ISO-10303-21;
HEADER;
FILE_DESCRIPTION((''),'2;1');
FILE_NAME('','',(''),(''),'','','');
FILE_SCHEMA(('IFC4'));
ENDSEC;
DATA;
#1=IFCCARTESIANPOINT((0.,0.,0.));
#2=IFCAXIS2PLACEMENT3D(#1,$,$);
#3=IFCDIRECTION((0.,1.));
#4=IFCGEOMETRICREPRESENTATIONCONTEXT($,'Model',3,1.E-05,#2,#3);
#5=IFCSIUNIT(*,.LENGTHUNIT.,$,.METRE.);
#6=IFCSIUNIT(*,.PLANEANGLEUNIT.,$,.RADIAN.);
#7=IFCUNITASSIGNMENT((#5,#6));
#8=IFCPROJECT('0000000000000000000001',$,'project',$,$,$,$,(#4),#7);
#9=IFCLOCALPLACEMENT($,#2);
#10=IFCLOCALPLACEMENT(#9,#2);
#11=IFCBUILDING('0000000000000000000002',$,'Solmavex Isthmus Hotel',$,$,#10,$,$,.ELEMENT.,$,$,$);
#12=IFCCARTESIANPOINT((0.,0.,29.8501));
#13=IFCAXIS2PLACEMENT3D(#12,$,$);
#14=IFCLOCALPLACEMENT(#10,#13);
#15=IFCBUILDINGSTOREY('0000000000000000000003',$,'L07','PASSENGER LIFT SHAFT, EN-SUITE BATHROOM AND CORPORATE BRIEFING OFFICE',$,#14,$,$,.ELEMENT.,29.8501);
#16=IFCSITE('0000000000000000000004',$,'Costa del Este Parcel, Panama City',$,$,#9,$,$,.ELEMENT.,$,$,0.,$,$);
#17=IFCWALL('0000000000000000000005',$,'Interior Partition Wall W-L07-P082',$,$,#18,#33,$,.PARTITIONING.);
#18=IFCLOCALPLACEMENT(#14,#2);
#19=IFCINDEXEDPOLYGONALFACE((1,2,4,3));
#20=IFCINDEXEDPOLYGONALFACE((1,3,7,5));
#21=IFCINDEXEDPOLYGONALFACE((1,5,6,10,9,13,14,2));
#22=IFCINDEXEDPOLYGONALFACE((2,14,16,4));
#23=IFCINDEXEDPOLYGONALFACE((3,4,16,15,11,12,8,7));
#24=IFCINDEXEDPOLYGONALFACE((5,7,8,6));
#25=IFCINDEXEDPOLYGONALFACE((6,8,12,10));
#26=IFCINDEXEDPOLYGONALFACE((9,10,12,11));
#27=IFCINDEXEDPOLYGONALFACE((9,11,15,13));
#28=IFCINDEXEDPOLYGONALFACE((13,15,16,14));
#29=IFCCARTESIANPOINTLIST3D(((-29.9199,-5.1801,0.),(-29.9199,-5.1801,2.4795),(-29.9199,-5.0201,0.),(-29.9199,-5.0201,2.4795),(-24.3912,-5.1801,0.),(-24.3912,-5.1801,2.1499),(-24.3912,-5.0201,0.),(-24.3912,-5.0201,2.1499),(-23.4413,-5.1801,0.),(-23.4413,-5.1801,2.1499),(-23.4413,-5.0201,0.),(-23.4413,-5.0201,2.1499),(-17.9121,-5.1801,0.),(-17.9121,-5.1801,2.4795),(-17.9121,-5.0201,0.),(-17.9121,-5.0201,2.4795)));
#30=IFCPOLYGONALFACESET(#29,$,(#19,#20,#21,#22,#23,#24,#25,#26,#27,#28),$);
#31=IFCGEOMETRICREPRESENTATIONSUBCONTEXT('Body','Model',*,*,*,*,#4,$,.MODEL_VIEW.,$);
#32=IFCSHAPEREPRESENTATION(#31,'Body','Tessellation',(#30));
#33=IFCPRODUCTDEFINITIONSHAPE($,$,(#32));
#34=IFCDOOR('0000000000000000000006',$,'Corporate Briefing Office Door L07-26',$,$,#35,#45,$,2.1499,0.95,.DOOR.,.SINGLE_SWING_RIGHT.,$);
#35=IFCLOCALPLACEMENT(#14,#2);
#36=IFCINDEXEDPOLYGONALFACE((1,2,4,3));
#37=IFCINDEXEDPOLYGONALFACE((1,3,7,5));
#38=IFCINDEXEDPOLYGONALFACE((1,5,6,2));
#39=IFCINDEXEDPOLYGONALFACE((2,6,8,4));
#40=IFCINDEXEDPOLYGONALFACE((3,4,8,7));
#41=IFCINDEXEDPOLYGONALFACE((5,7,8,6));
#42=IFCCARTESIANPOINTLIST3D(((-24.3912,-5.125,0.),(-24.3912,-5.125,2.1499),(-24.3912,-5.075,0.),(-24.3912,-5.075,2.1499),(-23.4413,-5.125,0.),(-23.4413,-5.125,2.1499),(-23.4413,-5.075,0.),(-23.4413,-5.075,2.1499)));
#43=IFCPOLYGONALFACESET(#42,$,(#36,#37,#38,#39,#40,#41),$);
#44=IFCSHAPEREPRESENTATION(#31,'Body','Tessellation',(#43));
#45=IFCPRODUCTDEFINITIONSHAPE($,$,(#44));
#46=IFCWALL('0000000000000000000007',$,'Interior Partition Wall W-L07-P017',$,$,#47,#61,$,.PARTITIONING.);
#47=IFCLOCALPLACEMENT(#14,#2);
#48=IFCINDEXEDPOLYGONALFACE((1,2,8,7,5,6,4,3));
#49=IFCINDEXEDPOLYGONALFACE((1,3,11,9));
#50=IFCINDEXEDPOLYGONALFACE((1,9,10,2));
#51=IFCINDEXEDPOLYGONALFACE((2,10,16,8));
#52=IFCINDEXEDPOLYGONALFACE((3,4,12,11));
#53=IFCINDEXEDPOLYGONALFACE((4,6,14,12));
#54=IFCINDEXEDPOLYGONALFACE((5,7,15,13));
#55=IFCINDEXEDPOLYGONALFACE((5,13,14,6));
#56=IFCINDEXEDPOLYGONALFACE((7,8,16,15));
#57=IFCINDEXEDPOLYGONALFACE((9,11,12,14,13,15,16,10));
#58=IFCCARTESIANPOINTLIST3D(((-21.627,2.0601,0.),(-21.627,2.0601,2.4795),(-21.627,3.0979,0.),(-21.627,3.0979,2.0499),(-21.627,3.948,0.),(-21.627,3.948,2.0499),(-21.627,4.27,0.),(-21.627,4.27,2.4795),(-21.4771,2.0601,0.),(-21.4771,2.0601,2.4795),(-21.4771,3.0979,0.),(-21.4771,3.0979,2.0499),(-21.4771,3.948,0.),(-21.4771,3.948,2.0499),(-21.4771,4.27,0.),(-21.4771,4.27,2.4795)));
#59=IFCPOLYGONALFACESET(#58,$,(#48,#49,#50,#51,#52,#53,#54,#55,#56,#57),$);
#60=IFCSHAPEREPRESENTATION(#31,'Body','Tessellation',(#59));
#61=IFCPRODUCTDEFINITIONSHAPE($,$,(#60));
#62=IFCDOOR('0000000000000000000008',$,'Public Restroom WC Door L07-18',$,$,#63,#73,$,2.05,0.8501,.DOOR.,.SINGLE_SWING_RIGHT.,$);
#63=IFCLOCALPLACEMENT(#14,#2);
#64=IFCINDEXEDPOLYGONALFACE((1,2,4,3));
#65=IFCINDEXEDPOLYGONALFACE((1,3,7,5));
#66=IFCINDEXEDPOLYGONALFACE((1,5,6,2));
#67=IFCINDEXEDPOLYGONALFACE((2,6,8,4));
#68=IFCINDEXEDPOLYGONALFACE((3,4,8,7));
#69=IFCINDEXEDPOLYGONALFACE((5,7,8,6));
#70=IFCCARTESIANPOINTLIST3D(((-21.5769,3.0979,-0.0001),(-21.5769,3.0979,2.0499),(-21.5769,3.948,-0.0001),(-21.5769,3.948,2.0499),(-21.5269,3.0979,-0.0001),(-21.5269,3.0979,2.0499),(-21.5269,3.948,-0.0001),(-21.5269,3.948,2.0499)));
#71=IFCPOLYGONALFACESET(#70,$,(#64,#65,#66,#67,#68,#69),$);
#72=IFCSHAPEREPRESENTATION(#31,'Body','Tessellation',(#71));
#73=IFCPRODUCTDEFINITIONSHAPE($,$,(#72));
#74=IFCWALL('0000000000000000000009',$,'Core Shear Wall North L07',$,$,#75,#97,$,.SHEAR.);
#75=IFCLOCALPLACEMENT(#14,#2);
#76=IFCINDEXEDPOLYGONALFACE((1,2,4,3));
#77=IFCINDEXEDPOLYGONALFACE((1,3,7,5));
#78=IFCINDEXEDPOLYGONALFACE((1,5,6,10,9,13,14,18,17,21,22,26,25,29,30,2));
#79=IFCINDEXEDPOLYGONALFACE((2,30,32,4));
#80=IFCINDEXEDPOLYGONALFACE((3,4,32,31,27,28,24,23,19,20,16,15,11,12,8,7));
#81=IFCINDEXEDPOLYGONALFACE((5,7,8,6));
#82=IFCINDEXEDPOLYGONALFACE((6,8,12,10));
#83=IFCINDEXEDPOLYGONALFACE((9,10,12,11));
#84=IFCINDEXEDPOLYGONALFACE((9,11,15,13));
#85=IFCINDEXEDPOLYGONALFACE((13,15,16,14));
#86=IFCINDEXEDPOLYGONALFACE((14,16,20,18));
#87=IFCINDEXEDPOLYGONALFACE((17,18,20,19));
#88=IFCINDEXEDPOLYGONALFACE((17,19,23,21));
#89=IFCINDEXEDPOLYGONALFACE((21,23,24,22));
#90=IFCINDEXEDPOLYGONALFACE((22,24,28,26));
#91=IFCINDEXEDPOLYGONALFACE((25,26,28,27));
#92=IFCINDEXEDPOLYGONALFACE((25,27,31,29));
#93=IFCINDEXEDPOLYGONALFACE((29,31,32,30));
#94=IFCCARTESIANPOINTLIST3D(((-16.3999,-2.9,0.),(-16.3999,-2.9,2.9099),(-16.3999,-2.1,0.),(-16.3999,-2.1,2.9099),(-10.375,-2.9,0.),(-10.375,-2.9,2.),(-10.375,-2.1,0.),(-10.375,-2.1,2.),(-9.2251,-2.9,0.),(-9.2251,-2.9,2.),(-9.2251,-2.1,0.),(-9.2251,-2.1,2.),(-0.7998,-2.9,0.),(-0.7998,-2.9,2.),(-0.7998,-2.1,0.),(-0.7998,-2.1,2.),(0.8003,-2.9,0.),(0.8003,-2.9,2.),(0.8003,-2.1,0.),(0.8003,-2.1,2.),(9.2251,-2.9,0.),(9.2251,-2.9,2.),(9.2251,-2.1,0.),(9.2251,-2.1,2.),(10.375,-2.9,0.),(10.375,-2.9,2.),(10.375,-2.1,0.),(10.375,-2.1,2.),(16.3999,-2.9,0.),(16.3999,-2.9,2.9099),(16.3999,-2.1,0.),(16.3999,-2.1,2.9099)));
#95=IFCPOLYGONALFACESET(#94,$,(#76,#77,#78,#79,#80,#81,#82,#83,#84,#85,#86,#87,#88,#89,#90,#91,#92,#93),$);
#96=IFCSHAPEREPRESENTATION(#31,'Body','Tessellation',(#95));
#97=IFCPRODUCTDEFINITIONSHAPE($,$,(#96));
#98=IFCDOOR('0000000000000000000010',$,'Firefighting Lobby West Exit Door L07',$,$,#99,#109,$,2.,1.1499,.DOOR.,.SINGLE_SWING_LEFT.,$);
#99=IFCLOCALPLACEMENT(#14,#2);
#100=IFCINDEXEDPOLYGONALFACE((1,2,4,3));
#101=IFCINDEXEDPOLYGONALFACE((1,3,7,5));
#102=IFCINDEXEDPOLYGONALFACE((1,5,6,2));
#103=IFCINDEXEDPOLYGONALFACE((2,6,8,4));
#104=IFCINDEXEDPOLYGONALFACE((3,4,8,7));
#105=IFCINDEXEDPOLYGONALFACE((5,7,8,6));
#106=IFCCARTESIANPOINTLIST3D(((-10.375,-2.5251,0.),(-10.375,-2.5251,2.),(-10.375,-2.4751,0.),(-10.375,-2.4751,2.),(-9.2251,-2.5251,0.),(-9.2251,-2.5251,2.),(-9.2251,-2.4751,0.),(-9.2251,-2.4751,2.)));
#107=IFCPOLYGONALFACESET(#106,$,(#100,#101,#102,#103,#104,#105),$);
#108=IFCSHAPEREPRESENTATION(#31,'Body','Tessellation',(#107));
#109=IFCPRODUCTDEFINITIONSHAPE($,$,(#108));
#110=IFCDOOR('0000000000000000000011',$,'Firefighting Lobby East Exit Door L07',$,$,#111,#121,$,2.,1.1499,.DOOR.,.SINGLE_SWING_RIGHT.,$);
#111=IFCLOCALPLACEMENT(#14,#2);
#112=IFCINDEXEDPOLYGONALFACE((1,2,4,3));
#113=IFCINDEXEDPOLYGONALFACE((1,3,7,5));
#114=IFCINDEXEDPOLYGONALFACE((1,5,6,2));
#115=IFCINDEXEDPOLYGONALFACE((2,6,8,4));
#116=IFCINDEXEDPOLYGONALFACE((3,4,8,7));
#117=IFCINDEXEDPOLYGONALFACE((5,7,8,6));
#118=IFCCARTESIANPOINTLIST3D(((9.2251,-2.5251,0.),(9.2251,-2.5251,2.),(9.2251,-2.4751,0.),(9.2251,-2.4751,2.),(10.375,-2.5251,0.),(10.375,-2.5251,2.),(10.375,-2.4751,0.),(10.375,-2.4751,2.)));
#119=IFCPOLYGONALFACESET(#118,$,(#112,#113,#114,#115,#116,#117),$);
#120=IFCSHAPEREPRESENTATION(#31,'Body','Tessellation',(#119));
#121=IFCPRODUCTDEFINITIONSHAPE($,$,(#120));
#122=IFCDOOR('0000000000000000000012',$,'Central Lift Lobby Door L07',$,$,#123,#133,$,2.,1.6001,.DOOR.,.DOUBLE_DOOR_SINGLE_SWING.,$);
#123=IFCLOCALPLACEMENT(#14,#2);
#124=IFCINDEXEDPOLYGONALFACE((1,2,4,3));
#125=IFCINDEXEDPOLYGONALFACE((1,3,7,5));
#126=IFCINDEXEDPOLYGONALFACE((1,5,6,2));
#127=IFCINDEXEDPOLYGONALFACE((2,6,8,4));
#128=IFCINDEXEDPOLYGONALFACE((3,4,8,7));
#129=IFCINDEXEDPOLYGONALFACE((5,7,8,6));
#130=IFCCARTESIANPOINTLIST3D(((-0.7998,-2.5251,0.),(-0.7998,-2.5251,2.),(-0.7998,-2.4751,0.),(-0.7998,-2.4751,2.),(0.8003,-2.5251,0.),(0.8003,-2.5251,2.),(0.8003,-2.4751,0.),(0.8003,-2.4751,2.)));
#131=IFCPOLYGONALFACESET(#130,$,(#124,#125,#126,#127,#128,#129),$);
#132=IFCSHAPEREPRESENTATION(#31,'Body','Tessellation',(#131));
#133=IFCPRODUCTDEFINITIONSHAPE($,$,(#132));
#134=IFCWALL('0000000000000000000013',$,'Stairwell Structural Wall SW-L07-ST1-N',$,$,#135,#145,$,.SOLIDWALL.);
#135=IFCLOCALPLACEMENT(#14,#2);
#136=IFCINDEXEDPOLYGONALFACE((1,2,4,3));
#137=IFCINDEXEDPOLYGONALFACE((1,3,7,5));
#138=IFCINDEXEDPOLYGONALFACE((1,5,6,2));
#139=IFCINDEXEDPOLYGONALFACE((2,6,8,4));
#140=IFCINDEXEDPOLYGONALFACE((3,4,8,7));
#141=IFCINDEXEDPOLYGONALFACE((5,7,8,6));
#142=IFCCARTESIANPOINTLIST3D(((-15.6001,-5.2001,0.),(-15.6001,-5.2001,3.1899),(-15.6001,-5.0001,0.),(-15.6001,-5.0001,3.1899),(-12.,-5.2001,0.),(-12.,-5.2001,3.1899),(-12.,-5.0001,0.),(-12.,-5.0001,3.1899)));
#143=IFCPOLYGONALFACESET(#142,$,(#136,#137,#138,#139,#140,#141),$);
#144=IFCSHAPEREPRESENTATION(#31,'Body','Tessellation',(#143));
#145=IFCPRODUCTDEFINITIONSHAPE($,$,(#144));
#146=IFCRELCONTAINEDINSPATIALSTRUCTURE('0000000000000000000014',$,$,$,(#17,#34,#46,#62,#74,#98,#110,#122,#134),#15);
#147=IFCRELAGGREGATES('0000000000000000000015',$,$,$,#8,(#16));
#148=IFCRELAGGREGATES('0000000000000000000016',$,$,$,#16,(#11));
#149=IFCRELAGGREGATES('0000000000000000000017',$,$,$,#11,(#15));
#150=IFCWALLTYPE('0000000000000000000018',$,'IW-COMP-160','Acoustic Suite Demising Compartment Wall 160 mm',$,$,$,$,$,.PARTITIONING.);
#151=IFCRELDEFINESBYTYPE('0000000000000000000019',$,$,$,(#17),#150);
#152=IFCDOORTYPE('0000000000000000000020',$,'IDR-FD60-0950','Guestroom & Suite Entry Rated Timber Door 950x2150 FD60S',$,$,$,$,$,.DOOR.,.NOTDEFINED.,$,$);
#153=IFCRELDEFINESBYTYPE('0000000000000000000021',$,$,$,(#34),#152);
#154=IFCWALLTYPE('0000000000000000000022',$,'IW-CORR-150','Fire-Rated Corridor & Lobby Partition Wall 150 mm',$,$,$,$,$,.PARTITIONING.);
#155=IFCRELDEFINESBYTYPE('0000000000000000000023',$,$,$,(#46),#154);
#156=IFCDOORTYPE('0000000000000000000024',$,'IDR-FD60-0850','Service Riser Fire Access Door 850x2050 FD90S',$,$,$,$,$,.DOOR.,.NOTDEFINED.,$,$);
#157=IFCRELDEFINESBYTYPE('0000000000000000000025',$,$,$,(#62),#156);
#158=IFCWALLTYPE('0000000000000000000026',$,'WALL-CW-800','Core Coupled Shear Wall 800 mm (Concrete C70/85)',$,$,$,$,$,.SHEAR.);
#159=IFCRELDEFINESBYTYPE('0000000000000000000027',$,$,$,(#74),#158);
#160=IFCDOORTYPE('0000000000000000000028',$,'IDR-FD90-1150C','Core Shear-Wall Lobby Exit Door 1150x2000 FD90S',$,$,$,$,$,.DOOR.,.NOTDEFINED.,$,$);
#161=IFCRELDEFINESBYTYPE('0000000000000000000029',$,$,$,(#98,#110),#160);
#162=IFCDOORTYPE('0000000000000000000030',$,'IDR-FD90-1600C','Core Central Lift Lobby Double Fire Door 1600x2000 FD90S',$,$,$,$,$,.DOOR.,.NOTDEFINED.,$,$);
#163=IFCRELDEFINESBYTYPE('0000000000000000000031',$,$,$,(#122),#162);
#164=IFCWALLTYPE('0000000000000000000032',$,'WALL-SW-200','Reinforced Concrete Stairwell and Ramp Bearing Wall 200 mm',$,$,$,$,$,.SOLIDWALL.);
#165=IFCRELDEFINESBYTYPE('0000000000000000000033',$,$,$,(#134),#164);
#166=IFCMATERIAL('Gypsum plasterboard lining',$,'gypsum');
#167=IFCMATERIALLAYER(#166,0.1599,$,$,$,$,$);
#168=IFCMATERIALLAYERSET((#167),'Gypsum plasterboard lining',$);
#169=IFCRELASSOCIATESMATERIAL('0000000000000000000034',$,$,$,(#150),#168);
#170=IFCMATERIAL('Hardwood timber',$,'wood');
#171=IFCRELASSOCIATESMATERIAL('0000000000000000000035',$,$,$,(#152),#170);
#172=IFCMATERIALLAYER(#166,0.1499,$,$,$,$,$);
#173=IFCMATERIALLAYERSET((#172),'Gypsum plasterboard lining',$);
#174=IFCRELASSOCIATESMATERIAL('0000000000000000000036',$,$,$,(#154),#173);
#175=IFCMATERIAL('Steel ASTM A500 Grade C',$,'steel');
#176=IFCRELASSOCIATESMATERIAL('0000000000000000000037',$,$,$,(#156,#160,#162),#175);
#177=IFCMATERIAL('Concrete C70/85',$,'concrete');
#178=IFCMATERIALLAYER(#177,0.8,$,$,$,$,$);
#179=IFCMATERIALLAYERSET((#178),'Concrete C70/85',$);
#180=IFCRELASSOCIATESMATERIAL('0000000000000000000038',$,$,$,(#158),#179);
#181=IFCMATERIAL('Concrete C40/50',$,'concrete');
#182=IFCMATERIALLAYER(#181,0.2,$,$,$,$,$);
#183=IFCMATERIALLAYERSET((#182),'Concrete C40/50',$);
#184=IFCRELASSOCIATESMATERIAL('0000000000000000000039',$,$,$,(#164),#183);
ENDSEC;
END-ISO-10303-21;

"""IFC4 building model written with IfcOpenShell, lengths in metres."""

from ifc_helpers import new_model, si_unit, direction, frame, frame_2d, origin, place, context, subcontext, project, spatial, rectangle, extrude, material, layer, layer_set, type_object, element, fill, save


model = new_model("IFC4")

# Units and contexts
model_context = context("Model", 3, precision=1e-05, world=origin(), true_north=direction((0.0, 1.0)))
body_context = subcontext(model_context, "Body", "Model", "MODEL_VIEW")
ifc_project = project(units=[si_unit("LENGTHUNIT", "METRE"), si_unit("PLANEANGLEUNIT", "RADIAN")], contexts=[model_context])

# Site, building, storey
site_placement = place(None, origin())
site = spatial("IfcSite", under=ifc_project, at=site_placement, Name="Costa del Este Parcel, Panama City", CompositionType="ELEMENT", RefElevation=0.0)
building_placement = place(site_placement, origin())
building = spatial("IfcBuilding", under=site, at=building_placement, Name="Solmavex Isthmus Hotel", CompositionType="ELEMENT")
storey_placement = place(building_placement, frame((0.0, 0.0, 29.8501)))
storey = spatial("IfcBuildingStorey", under=building, at=storey_placement, Name="L07", Description="PASSENGER LIFT SHAFT, EN-SUITE BATHROOM AND CORPORATE BRIEFING OFFICE", CompositionType="ELEMENT", Elevation=29.8501)

# Shared definitions
ifc_material_1 = material(Name="Concrete C70/85", Category="concrete")

# Shared definitions
ifc_material_2 = material(Name="Gypsum plasterboard lining", Category="gypsum")
ifc_layer_1 = layer(ifc_material_2, 0.1599)
ifc_layer_set_1 = layer_set([ifc_layer_1], Name="Gypsum plasterboard lining")
wall_type_1 = type_object("IfcWallType", Name="IW-COMP-160", Description="Acoustic Suite Demising Compartment Wall 160 mm", PredefinedType="PARTITIONING", material=ifc_layer_set_1)

# Walls, openings, doors
wall_1_placement = place(storey_placement, frame((-17.9121, -5.1001, 0.0), z_axis=(0.0, 0.0, 1.0), x_axis=(-1.0, 0.0, 0.0)))
wall_1 = element("IfcWall", 1, at=wall_1_placement, inside=storey, type_object=wall_type_1, Name="Interior Partition Wall W-L07-P082", PredefinedType="PARTITIONING", context=body_context, shape_type="SweptSolid", body=[
    extrude(rectangle(XDim=12.0078, YDim=0.1599, at=frame_2d((6.0039, 0.0))), origin(), (0.0, 0.0, 1.0), 2.4795),
])
opening_1_placement = place(wall_1_placement, frame((5.5291, 0.0, 0.0)))
opening_1 = element("IfcOpeningElement", 2, at=opening_1_placement, cuts=wall_1, PredefinedType="OPENING", context=body_context, shape_type="SweptSolid", body=[
    extrude(rectangle(XDim=0.95, YDim=2.1499, at=frame_2d((0.4751, 1.075))), frame((0.0, 0.0898, 0.0), z_axis=(0.0, -1.0, 0.0), x_axis=(1.0, 0.0, 0.0)), (0.0, 0.0, 1.0), 0.1799),
])
ifc_material_3 = material(Name="Hardwood timber", Category="wood")
door_type_1 = type_object("IfcDoorType", Name="IDR-FD60-0950", Description="Guestroom & Suite Entry Rated Timber Door 950x2150 FD60S", OperationType="NOTDEFINED", PredefinedType="DOOR", material=ifc_material_3)
door_1_placement = place(opening_1_placement, origin())
door_1 = element("IfcDoor", 3, at=door_1_placement, inside=storey, type_object=door_type_1, Name="Corporate Briefing Office Door L07-26", OperationType="SINGLE_SWING_RIGHT", OverallHeight=2.1499, OverallWidth=0.95, PredefinedType="DOOR", context=body_context, shape_type="SweptSolid", body=[
    extrude(rectangle(XDim=0.95, YDim=2.1499, at=frame_2d((0.4751, 1.075))), frame((0.0, 0.0249, 0.0), z_axis=(0.0, -1.0, 0.0), x_axis=(1.0, 0.0, 0.0)), (0.0, 0.0, 1.0), 0.05),
])
fill(opening_1, door_1)
ifc_layer_2 = layer(ifc_material_2, 0.1499)
ifc_layer_set_2 = layer_set([ifc_layer_2], Name="Gypsum plasterboard lining")
wall_type_2 = type_object("IfcWallType", Name="IW-CORR-150", Description="Fire-Rated Corridor & Lobby Partition Wall 150 mm", PredefinedType="PARTITIONING", material=ifc_layer_set_2)
wall_2_placement = place(storey_placement, frame((-21.552, 2.0601, 0.0), z_axis=(0.0, 0.0, 1.0), x_axis=(0.0, 1.0, 0.0)))
wall_2 = element("IfcWall", 4, at=wall_2_placement, inside=storey, type_object=wall_type_2, Name="Interior Partition Wall W-L07-P017", PredefinedType="PARTITIONING", context=body_context, shape_type="SweptSolid", body=[
    extrude(rectangle(XDim=2.21, YDim=0.1499, at=frame_2d((1.105, 0.0))), origin(), (0.0, 0.0, 1.0), 2.4795),
])
opening_2_placement = place(wall_2_placement, frame((1.0378, 0.0, 0.0)))
opening_2 = element("IfcOpeningElement", 5, at=opening_2_placement, cuts=wall_2, PredefinedType="OPENING", context=body_context, shape_type="SweptSolid", body=[
    extrude(rectangle(XDim=0.8501, YDim=2.05, at=frame_2d((0.425, 1.0249))), frame((0.0, 0.085, 0.0), z_axis=(0.0, -1.0, 0.0), x_axis=(1.0, 0.0, 0.0)), (0.0, 0.0, 1.0), 0.1699),
])
ifc_material_4 = material(Name="Steel ASTM A500 Grade C", Category="steel")
door_type_2 = type_object("IfcDoorType", Name="IDR-FD60-0850", Description="Service Riser Fire Access Door 850x2050 FD90S", OperationType="NOTDEFINED", PredefinedType="DOOR", material=ifc_material_4)
door_2_placement = place(opening_2_placement, origin())
door_2 = element("IfcDoor", 6, at=door_2_placement, inside=storey, type_object=door_type_2, Name="Public Restroom WC Door L07-18", OperationType="SINGLE_SWING_RIGHT", OverallHeight=2.05, OverallWidth=0.8501, PredefinedType="DOOR", context=body_context, shape_type="SweptSolid", body=[
    extrude(rectangle(XDim=0.8501, YDim=2.05, at=frame_2d((0.425, 1.0249))), frame((0.0, 0.0249, 0.0), z_axis=(0.0, -1.0, 0.0), x_axis=(1.0, 0.0, 0.0)), (0.0, 0.0, 1.0), 0.05),
])
fill(opening_2, door_2)

# Wall, openings, doors
ifc_layer_3 = layer(ifc_material_1, 0.8)
ifc_layer_set_3 = layer_set([ifc_layer_3], Name="Concrete C70/85")
wall_type_3 = type_object("IfcWallType", Name="WALL-CW-800", Description="Core Coupled Shear Wall 800 mm (Concrete C70/85)", PredefinedType="SHEAR", material=ifc_layer_set_3)
wall_3_placement = place(storey_placement, frame((-16.3999, -2.5, 0.0), z_axis=(0.0, 0.0, 1.0), x_axis=(1.0, 0.0, 0.0)))
wall_3 = element("IfcWall", 7, at=wall_3_placement, inside=storey, type_object=wall_type_3, Name="Core Shear Wall North L07", PredefinedType="SHEAR", context=body_context, shape_type="SweptSolid", body=[
    extrude(rectangle(XDim=32.7998, YDim=0.8, at=frame_2d((16.3999, 0.0))), origin(), (0.0, 0.0, 1.0), 2.9099),
])
opening_3_placement = place(wall_3_placement, frame((6.0249, 0.0, 0.0)))
opening_3 = element("IfcOpeningElement", 8, at=opening_3_placement, cuts=wall_3, PredefinedType="OPENING", context=body_context, shape_type="SweptSolid", body=[
    extrude(rectangle(XDim=1.1499, YDim=2.0, at=frame_2d((0.575, 1.0))), frame((0.0, 0.4099, 0.0), z_axis=(0.0, -1.0, 0.0), x_axis=(1.0, 0.0, 0.0)), (0.0, 0.0, 1.0), 0.8201),
])
opening_4_placement = place(wall_3_placement, frame((15.6001, 0.0, 0.0)))
opening_4 = element("IfcOpeningElement", 9, at=opening_4_placement, cuts=wall_3, PredefinedType="OPENING", context=body_context, shape_type="SweptSolid", body=[
    extrude(rectangle(XDim=1.6001, YDim=2.0, at=frame_2d((0.8, 1.0))), frame((0.0, 0.4099, 0.0), z_axis=(0.0, -1.0, 0.0), x_axis=(1.0, 0.0, 0.0)), (0.0, 0.0, 1.0), 0.8201),
])
opening_5_placement = place(wall_3_placement, frame((25.625, 0.0, 0.0)))
opening_5 = element("IfcOpeningElement", 10, at=opening_5_placement, cuts=wall_3, PredefinedType="OPENING", context=body_context, shape_type="SweptSolid", body=[
    extrude(rectangle(XDim=1.1499, YDim=2.0, at=frame_2d((0.575, 1.0))), frame((0.0, 0.4099, 0.0), z_axis=(0.0, -1.0, 0.0), x_axis=(1.0, 0.0, 0.0)), (0.0, 0.0, 1.0), 0.8201),
])
door_type_3 = type_object("IfcDoorType", Name="IDR-FD90-1150C", Description="Core Shear-Wall Lobby Exit Door 1150x2000 FD90S", OperationType="NOTDEFINED", PredefinedType="DOOR", material=ifc_material_4)
door_3_placement = place(opening_3_placement, origin())
door_3 = element("IfcDoor", 11, at=door_3_placement, inside=storey, type_object=door_type_3, Name="Firefighting Lobby West Exit Door L07", OperationType="SINGLE_SWING_LEFT", OverallHeight=2.0, OverallWidth=1.1499, PredefinedType="DOOR", context=body_context, shape_type="SweptSolid", body=[
    extrude(rectangle(XDim=1.1499, YDim=2.0, at=frame_2d((0.575, 1.0))), frame((0.0, 0.0249, 0.0), z_axis=(0.0, -1.0, 0.0), x_axis=(1.0, 0.0, 0.0)), (0.0, 0.0, 1.0), 0.05),
])
fill(opening_3, door_3)
door_4_placement = place(opening_5_placement, origin())
door_4 = element("IfcDoor", 12, at=door_4_placement, inside=storey, type_object=door_type_3, Name="Firefighting Lobby East Exit Door L07", OperationType="SINGLE_SWING_RIGHT", OverallHeight=2.0, OverallWidth=1.1499, PredefinedType="DOOR", context=body_context, shape_type="SweptSolid", body=[
    extrude(rectangle(XDim=1.1499, YDim=2.0, at=frame_2d((0.575, 1.0))), frame((0.0, 0.0249, 0.0), z_axis=(0.0, -1.0, 0.0), x_axis=(1.0, 0.0, 0.0)), (0.0, 0.0, 1.0), 0.05),
])
fill(opening_5, door_4)
door_type_4 = type_object("IfcDoorType", Name="IDR-FD90-1600C", Description="Core Central Lift Lobby Double Fire Door 1600x2000 FD90S", OperationType="NOTDEFINED", PredefinedType="DOOR", material=ifc_material_4)
door_5_placement = place(opening_4_placement, origin())
door_5 = element("IfcDoor", 13, at=door_5_placement, inside=storey, type_object=door_type_4, Name="Central Lift Lobby Door L07", OperationType="DOUBLE_DOOR_SINGLE_SWING", OverallHeight=2.0, OverallWidth=1.6001, PredefinedType="DOOR", context=body_context, shape_type="SweptSolid", body=[
    extrude(rectangle(XDim=1.6001, YDim=2.0, at=frame_2d((0.8, 1.0))), frame((0.0, 0.0249, 0.0), z_axis=(0.0, -1.0, 0.0), x_axis=(1.0, 0.0, 0.0)), (0.0, 0.0, 1.0), 0.05),
])
fill(opening_4, door_5)

# Wall
ifc_material_5 = material(Name="Concrete C40/50", Category="concrete")
ifc_layer_4 = layer(ifc_material_5, 0.2)
ifc_layer_set_4 = layer_set([ifc_layer_4], Name="Concrete C40/50")
wall_type_4 = type_object("IfcWallType", Name="WALL-SW-200", Description="Reinforced Concrete Stairwell and Ramp Bearing Wall 200 mm", PredefinedType="SOLIDWALL", material=ifc_layer_set_4)
wall_4_placement = place(storey_placement, frame((-15.6001, -5.1001, 0.0), z_axis=(0.0, 0.0, 1.0), x_axis=(1.0, 0.0, 0.0)))
element("IfcWall", 14, at=wall_4_placement, inside=storey, type_object=wall_type_4, Name="Stairwell Structural Wall SW-L07-ST1-N", PredefinedType="SOLIDWALL", context=body_context, shape_type="SweptSolid", body=[
    extrude(rectangle(XDim=3.6001, YDim=0.2, at=frame_2d((1.8, 0.0))), origin(), (0.0, 0.0, 1.0), 3.1899),
])

save(model, "model.ifc")
